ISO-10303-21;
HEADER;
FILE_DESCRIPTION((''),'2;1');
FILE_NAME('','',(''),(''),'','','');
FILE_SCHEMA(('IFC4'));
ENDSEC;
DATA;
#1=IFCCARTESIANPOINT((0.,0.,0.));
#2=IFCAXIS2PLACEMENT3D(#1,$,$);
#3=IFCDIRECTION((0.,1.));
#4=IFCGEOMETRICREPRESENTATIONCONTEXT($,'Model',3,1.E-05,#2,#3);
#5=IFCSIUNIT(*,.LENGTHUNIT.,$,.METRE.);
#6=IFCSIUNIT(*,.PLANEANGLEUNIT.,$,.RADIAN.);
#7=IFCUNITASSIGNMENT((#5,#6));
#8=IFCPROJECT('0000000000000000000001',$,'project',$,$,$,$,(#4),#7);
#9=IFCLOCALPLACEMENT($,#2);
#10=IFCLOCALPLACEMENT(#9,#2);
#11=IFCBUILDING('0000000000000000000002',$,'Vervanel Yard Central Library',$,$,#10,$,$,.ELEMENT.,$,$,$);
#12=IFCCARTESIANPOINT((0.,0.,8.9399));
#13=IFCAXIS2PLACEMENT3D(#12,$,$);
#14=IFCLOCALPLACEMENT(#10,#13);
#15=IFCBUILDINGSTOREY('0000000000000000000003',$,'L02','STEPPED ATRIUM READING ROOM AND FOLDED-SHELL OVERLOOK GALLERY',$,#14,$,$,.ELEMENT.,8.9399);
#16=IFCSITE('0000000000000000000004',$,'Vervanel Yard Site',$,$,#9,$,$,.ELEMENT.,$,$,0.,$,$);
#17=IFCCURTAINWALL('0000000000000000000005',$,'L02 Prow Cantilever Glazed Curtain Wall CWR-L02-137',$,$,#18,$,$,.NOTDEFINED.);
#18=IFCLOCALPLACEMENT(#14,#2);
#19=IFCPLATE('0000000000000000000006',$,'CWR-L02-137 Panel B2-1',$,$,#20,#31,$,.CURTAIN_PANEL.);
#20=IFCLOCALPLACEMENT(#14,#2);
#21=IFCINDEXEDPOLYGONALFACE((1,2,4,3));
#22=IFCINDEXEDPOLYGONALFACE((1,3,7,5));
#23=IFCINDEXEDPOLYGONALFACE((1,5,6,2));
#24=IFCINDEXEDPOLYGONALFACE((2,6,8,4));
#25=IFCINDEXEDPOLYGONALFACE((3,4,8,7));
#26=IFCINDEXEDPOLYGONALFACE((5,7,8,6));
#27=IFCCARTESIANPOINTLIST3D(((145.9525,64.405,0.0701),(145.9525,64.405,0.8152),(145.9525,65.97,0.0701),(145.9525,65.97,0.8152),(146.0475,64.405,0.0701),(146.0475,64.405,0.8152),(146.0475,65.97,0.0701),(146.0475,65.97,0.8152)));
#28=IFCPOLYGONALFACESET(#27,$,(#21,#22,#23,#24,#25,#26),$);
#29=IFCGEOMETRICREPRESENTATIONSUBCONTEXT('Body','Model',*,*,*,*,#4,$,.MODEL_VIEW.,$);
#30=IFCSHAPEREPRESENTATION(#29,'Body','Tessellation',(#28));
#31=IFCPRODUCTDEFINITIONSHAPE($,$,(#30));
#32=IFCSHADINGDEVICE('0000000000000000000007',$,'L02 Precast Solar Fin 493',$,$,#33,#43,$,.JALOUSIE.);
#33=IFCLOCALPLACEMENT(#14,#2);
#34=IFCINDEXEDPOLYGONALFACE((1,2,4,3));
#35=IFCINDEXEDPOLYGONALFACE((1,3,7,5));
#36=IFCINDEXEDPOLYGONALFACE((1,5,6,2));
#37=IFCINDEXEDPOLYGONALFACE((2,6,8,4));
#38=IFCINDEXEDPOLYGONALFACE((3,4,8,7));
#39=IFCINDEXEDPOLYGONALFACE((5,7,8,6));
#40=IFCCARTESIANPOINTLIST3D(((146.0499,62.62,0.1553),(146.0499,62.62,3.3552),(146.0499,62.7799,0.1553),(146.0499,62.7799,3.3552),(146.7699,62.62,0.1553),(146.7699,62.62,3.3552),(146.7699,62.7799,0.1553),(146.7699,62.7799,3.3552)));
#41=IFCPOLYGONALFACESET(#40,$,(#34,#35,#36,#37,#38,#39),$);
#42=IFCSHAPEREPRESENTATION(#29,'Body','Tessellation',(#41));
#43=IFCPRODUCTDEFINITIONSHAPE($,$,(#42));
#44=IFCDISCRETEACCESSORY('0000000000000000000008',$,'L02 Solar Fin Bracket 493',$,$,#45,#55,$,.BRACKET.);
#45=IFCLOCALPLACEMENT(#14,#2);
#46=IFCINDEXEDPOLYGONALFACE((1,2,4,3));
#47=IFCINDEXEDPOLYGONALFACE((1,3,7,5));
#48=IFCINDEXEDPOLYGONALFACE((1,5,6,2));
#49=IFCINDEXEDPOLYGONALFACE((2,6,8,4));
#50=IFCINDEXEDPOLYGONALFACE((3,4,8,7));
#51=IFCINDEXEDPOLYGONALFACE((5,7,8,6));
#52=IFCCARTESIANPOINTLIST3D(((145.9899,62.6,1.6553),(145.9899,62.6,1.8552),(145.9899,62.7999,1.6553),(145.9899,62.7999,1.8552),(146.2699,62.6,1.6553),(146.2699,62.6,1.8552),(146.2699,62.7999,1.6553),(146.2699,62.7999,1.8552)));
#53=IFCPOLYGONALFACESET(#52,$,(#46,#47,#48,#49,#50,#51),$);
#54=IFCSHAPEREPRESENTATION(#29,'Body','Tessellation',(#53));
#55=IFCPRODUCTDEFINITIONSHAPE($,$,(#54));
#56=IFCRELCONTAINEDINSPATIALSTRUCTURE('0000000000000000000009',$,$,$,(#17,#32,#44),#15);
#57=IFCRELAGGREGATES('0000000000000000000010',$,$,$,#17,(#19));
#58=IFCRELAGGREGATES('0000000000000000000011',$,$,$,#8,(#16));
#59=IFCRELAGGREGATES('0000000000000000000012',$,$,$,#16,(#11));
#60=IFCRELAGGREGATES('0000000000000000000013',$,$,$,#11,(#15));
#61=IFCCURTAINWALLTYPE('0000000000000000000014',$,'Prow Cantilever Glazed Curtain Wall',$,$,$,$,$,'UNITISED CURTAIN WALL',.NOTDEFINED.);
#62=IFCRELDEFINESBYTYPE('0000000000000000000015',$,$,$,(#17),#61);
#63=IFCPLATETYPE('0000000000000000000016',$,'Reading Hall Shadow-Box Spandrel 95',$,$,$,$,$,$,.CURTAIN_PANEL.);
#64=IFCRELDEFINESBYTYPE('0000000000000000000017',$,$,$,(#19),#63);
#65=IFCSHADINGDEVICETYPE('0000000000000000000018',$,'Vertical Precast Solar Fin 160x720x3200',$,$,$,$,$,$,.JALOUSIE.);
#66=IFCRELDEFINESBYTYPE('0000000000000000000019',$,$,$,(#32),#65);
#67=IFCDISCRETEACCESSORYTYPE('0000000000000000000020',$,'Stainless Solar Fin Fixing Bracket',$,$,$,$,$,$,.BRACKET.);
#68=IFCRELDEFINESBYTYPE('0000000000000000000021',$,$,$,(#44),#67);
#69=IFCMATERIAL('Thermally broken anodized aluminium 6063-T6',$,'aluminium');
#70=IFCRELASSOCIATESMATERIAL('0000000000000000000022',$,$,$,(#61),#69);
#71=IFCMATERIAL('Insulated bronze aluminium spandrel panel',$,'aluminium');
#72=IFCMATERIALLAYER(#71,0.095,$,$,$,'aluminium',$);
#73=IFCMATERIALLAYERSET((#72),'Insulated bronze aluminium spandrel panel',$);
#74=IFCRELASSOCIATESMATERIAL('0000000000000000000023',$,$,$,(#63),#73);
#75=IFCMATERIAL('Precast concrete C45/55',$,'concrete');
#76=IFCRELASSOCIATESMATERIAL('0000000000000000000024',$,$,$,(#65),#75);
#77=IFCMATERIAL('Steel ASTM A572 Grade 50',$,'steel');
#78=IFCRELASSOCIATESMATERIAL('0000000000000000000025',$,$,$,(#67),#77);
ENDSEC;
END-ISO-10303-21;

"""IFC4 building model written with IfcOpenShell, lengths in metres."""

from ifc_helpers import new_model, si_unit, direction, frame, origin, origin_2d, place, context, subcontext, project, spatial, rectangle, extrude, material, layer, layer_set, type_object, element, aggregate, save


model = new_model("IFC4")

# Units and contexts
model_context = context("Model", 3, precision=1e-05, world=origin(), true_north=direction((0.0, 1.0)))
body_context = subcontext(model_context, "Body", "Model", "MODEL_VIEW")
ifc_project = project(units=[si_unit("LENGTHUNIT", "METRE"), si_unit("PLANEANGLEUNIT", "RADIAN")], contexts=[model_context])

# Site, building, storey
site_placement = place(None, origin())
site = spatial("IfcSite", under=ifc_project, at=site_placement, Name="Vervanel Yard Site", CompositionType="ELEMENT", RefElevation=0.0)
building_placement = place(site_placement, origin())
building = spatial("IfcBuilding", under=site, at=building_placement, Name="Vervanel Yard Central Library", CompositionType="ELEMENT")
storey_placement = place(building_placement, frame((0.0, 0.0, 8.9399)))
storey = spatial("IfcBuildingStorey", under=building, at=storey_placement, Name="L02", Description="STEPPED ATRIUM READING ROOM AND FOLDED-SHELL OVERLOOK GALLERY", CompositionType="ELEMENT", Elevation=8.9399)

# Curtain wall
ifc_material_1 = material(Name="Thermally broken anodized aluminium 6063-T6", Category="aluminium")
curtain_wall_type = type_object("IfcCurtainWallType", Name="Prow Cantilever Glazed Curtain Wall", ElementType="UNITISED CURTAIN WALL", PredefinedType="NOTDEFINED", material=ifc_material_1)
curtain_wall_1_placement = place(storey_placement, origin())
curtain_wall_1 = element("IfcCurtainWall", 1, at=curtain_wall_1_placement, inside=storey, type_object=curtain_wall_type, Name="L02 Prow Cantilever Glazed Curtain Wall CWR-L02-137", PredefinedType="NOTDEFINED")

# Plate
ifc_material_2 = material(Name="Insulated bronze aluminium spandrel panel", Category="aluminium")
ifc_layer_1 = layer(ifc_material_2, 0.095, Category="aluminium")
ifc_layer_set_1 = layer_set([ifc_layer_1], Name="Insulated bronze aluminium spandrel panel")
plate_type_1 = type_object("IfcPlateType", Name="Reading Hall Shadow-Box Spandrel 95", PredefinedType="CURTAIN_PANEL", material=ifc_layer_set_1)
plate_1_placement = place(storey_placement, frame((146.0, 65.1875, 0.0701), z_axis=(0.0, 0.0, 1.0), x_axis=(0.0, 1.0, 0.0)))
plate_1 = element("IfcPlate", 2, at=plate_1_placement, type_object=plate_type_1, Name="CWR-L02-137 Panel B2-1", PredefinedType="CURTAIN_PANEL", context=body_context, shape_type="SweptSolid", body=[
    extrude(rectangle(XDim=1.5649, YDim=0.095, at=origin_2d()), origin(), (0.0, 0.0, 1.0), 0.7451),
])
aggregate(curtain_wall_1, [plate_1])

# Shading device
ifc_material_3 = material(Name="Precast concrete C45/55", Category="concrete")
shading_device_type = type_object("IfcShadingDeviceType", Name="Vertical Precast Solar Fin 160x720x3200", PredefinedType="JALOUSIE", material=ifc_material_3)
shading_device_placement = place(storey_placement, frame((146.4099, 62.7, 0.1553), z_axis=(0.0, 0.0, 1.0), x_axis=(0.0, 1.0, 0.0)))
element("IfcShadingDevice", 3, at=shading_device_placement, inside=storey, type_object=shading_device_type, Name="L02 Precast Solar Fin 493", PredefinedType="JALOUSIE", context=body_context, shape_type="SweptSolid", body=[
    extrude(rectangle(XDim=0.1599, YDim=0.72, at=origin_2d()), origin(), (0.0, 0.0, 1.0), 3.2),
])

# Discrete accessory
ifc_material_4 = material(Name="Steel ASTM A572 Grade 50", Category="steel")
discrete_accessory_type = type_object("IfcDiscreteAccessoryType", Name="Stainless Solar Fin Fixing Bracket", PredefinedType="BRACKET", material=ifc_material_4)
discrete_accessory_placement = place(storey_placement, frame((146.1299, 62.7, 1.6553), z_axis=(0.0, 0.0, 1.0), x_axis=(0.0, 1.0, 0.0)))
element("IfcDiscreteAccessory", 4, at=discrete_accessory_placement, inside=storey, type_object=discrete_accessory_type, Name="L02 Solar Fin Bracket 493", PredefinedType="BRACKET", context=body_context, shape_type="SweptSolid", body=[
    extrude(rectangle(XDim=0.2, YDim=0.28, at=origin_2d()), origin(), (0.0, 0.0, 1.0), 0.2),
])

save(model, "model.ifc")
